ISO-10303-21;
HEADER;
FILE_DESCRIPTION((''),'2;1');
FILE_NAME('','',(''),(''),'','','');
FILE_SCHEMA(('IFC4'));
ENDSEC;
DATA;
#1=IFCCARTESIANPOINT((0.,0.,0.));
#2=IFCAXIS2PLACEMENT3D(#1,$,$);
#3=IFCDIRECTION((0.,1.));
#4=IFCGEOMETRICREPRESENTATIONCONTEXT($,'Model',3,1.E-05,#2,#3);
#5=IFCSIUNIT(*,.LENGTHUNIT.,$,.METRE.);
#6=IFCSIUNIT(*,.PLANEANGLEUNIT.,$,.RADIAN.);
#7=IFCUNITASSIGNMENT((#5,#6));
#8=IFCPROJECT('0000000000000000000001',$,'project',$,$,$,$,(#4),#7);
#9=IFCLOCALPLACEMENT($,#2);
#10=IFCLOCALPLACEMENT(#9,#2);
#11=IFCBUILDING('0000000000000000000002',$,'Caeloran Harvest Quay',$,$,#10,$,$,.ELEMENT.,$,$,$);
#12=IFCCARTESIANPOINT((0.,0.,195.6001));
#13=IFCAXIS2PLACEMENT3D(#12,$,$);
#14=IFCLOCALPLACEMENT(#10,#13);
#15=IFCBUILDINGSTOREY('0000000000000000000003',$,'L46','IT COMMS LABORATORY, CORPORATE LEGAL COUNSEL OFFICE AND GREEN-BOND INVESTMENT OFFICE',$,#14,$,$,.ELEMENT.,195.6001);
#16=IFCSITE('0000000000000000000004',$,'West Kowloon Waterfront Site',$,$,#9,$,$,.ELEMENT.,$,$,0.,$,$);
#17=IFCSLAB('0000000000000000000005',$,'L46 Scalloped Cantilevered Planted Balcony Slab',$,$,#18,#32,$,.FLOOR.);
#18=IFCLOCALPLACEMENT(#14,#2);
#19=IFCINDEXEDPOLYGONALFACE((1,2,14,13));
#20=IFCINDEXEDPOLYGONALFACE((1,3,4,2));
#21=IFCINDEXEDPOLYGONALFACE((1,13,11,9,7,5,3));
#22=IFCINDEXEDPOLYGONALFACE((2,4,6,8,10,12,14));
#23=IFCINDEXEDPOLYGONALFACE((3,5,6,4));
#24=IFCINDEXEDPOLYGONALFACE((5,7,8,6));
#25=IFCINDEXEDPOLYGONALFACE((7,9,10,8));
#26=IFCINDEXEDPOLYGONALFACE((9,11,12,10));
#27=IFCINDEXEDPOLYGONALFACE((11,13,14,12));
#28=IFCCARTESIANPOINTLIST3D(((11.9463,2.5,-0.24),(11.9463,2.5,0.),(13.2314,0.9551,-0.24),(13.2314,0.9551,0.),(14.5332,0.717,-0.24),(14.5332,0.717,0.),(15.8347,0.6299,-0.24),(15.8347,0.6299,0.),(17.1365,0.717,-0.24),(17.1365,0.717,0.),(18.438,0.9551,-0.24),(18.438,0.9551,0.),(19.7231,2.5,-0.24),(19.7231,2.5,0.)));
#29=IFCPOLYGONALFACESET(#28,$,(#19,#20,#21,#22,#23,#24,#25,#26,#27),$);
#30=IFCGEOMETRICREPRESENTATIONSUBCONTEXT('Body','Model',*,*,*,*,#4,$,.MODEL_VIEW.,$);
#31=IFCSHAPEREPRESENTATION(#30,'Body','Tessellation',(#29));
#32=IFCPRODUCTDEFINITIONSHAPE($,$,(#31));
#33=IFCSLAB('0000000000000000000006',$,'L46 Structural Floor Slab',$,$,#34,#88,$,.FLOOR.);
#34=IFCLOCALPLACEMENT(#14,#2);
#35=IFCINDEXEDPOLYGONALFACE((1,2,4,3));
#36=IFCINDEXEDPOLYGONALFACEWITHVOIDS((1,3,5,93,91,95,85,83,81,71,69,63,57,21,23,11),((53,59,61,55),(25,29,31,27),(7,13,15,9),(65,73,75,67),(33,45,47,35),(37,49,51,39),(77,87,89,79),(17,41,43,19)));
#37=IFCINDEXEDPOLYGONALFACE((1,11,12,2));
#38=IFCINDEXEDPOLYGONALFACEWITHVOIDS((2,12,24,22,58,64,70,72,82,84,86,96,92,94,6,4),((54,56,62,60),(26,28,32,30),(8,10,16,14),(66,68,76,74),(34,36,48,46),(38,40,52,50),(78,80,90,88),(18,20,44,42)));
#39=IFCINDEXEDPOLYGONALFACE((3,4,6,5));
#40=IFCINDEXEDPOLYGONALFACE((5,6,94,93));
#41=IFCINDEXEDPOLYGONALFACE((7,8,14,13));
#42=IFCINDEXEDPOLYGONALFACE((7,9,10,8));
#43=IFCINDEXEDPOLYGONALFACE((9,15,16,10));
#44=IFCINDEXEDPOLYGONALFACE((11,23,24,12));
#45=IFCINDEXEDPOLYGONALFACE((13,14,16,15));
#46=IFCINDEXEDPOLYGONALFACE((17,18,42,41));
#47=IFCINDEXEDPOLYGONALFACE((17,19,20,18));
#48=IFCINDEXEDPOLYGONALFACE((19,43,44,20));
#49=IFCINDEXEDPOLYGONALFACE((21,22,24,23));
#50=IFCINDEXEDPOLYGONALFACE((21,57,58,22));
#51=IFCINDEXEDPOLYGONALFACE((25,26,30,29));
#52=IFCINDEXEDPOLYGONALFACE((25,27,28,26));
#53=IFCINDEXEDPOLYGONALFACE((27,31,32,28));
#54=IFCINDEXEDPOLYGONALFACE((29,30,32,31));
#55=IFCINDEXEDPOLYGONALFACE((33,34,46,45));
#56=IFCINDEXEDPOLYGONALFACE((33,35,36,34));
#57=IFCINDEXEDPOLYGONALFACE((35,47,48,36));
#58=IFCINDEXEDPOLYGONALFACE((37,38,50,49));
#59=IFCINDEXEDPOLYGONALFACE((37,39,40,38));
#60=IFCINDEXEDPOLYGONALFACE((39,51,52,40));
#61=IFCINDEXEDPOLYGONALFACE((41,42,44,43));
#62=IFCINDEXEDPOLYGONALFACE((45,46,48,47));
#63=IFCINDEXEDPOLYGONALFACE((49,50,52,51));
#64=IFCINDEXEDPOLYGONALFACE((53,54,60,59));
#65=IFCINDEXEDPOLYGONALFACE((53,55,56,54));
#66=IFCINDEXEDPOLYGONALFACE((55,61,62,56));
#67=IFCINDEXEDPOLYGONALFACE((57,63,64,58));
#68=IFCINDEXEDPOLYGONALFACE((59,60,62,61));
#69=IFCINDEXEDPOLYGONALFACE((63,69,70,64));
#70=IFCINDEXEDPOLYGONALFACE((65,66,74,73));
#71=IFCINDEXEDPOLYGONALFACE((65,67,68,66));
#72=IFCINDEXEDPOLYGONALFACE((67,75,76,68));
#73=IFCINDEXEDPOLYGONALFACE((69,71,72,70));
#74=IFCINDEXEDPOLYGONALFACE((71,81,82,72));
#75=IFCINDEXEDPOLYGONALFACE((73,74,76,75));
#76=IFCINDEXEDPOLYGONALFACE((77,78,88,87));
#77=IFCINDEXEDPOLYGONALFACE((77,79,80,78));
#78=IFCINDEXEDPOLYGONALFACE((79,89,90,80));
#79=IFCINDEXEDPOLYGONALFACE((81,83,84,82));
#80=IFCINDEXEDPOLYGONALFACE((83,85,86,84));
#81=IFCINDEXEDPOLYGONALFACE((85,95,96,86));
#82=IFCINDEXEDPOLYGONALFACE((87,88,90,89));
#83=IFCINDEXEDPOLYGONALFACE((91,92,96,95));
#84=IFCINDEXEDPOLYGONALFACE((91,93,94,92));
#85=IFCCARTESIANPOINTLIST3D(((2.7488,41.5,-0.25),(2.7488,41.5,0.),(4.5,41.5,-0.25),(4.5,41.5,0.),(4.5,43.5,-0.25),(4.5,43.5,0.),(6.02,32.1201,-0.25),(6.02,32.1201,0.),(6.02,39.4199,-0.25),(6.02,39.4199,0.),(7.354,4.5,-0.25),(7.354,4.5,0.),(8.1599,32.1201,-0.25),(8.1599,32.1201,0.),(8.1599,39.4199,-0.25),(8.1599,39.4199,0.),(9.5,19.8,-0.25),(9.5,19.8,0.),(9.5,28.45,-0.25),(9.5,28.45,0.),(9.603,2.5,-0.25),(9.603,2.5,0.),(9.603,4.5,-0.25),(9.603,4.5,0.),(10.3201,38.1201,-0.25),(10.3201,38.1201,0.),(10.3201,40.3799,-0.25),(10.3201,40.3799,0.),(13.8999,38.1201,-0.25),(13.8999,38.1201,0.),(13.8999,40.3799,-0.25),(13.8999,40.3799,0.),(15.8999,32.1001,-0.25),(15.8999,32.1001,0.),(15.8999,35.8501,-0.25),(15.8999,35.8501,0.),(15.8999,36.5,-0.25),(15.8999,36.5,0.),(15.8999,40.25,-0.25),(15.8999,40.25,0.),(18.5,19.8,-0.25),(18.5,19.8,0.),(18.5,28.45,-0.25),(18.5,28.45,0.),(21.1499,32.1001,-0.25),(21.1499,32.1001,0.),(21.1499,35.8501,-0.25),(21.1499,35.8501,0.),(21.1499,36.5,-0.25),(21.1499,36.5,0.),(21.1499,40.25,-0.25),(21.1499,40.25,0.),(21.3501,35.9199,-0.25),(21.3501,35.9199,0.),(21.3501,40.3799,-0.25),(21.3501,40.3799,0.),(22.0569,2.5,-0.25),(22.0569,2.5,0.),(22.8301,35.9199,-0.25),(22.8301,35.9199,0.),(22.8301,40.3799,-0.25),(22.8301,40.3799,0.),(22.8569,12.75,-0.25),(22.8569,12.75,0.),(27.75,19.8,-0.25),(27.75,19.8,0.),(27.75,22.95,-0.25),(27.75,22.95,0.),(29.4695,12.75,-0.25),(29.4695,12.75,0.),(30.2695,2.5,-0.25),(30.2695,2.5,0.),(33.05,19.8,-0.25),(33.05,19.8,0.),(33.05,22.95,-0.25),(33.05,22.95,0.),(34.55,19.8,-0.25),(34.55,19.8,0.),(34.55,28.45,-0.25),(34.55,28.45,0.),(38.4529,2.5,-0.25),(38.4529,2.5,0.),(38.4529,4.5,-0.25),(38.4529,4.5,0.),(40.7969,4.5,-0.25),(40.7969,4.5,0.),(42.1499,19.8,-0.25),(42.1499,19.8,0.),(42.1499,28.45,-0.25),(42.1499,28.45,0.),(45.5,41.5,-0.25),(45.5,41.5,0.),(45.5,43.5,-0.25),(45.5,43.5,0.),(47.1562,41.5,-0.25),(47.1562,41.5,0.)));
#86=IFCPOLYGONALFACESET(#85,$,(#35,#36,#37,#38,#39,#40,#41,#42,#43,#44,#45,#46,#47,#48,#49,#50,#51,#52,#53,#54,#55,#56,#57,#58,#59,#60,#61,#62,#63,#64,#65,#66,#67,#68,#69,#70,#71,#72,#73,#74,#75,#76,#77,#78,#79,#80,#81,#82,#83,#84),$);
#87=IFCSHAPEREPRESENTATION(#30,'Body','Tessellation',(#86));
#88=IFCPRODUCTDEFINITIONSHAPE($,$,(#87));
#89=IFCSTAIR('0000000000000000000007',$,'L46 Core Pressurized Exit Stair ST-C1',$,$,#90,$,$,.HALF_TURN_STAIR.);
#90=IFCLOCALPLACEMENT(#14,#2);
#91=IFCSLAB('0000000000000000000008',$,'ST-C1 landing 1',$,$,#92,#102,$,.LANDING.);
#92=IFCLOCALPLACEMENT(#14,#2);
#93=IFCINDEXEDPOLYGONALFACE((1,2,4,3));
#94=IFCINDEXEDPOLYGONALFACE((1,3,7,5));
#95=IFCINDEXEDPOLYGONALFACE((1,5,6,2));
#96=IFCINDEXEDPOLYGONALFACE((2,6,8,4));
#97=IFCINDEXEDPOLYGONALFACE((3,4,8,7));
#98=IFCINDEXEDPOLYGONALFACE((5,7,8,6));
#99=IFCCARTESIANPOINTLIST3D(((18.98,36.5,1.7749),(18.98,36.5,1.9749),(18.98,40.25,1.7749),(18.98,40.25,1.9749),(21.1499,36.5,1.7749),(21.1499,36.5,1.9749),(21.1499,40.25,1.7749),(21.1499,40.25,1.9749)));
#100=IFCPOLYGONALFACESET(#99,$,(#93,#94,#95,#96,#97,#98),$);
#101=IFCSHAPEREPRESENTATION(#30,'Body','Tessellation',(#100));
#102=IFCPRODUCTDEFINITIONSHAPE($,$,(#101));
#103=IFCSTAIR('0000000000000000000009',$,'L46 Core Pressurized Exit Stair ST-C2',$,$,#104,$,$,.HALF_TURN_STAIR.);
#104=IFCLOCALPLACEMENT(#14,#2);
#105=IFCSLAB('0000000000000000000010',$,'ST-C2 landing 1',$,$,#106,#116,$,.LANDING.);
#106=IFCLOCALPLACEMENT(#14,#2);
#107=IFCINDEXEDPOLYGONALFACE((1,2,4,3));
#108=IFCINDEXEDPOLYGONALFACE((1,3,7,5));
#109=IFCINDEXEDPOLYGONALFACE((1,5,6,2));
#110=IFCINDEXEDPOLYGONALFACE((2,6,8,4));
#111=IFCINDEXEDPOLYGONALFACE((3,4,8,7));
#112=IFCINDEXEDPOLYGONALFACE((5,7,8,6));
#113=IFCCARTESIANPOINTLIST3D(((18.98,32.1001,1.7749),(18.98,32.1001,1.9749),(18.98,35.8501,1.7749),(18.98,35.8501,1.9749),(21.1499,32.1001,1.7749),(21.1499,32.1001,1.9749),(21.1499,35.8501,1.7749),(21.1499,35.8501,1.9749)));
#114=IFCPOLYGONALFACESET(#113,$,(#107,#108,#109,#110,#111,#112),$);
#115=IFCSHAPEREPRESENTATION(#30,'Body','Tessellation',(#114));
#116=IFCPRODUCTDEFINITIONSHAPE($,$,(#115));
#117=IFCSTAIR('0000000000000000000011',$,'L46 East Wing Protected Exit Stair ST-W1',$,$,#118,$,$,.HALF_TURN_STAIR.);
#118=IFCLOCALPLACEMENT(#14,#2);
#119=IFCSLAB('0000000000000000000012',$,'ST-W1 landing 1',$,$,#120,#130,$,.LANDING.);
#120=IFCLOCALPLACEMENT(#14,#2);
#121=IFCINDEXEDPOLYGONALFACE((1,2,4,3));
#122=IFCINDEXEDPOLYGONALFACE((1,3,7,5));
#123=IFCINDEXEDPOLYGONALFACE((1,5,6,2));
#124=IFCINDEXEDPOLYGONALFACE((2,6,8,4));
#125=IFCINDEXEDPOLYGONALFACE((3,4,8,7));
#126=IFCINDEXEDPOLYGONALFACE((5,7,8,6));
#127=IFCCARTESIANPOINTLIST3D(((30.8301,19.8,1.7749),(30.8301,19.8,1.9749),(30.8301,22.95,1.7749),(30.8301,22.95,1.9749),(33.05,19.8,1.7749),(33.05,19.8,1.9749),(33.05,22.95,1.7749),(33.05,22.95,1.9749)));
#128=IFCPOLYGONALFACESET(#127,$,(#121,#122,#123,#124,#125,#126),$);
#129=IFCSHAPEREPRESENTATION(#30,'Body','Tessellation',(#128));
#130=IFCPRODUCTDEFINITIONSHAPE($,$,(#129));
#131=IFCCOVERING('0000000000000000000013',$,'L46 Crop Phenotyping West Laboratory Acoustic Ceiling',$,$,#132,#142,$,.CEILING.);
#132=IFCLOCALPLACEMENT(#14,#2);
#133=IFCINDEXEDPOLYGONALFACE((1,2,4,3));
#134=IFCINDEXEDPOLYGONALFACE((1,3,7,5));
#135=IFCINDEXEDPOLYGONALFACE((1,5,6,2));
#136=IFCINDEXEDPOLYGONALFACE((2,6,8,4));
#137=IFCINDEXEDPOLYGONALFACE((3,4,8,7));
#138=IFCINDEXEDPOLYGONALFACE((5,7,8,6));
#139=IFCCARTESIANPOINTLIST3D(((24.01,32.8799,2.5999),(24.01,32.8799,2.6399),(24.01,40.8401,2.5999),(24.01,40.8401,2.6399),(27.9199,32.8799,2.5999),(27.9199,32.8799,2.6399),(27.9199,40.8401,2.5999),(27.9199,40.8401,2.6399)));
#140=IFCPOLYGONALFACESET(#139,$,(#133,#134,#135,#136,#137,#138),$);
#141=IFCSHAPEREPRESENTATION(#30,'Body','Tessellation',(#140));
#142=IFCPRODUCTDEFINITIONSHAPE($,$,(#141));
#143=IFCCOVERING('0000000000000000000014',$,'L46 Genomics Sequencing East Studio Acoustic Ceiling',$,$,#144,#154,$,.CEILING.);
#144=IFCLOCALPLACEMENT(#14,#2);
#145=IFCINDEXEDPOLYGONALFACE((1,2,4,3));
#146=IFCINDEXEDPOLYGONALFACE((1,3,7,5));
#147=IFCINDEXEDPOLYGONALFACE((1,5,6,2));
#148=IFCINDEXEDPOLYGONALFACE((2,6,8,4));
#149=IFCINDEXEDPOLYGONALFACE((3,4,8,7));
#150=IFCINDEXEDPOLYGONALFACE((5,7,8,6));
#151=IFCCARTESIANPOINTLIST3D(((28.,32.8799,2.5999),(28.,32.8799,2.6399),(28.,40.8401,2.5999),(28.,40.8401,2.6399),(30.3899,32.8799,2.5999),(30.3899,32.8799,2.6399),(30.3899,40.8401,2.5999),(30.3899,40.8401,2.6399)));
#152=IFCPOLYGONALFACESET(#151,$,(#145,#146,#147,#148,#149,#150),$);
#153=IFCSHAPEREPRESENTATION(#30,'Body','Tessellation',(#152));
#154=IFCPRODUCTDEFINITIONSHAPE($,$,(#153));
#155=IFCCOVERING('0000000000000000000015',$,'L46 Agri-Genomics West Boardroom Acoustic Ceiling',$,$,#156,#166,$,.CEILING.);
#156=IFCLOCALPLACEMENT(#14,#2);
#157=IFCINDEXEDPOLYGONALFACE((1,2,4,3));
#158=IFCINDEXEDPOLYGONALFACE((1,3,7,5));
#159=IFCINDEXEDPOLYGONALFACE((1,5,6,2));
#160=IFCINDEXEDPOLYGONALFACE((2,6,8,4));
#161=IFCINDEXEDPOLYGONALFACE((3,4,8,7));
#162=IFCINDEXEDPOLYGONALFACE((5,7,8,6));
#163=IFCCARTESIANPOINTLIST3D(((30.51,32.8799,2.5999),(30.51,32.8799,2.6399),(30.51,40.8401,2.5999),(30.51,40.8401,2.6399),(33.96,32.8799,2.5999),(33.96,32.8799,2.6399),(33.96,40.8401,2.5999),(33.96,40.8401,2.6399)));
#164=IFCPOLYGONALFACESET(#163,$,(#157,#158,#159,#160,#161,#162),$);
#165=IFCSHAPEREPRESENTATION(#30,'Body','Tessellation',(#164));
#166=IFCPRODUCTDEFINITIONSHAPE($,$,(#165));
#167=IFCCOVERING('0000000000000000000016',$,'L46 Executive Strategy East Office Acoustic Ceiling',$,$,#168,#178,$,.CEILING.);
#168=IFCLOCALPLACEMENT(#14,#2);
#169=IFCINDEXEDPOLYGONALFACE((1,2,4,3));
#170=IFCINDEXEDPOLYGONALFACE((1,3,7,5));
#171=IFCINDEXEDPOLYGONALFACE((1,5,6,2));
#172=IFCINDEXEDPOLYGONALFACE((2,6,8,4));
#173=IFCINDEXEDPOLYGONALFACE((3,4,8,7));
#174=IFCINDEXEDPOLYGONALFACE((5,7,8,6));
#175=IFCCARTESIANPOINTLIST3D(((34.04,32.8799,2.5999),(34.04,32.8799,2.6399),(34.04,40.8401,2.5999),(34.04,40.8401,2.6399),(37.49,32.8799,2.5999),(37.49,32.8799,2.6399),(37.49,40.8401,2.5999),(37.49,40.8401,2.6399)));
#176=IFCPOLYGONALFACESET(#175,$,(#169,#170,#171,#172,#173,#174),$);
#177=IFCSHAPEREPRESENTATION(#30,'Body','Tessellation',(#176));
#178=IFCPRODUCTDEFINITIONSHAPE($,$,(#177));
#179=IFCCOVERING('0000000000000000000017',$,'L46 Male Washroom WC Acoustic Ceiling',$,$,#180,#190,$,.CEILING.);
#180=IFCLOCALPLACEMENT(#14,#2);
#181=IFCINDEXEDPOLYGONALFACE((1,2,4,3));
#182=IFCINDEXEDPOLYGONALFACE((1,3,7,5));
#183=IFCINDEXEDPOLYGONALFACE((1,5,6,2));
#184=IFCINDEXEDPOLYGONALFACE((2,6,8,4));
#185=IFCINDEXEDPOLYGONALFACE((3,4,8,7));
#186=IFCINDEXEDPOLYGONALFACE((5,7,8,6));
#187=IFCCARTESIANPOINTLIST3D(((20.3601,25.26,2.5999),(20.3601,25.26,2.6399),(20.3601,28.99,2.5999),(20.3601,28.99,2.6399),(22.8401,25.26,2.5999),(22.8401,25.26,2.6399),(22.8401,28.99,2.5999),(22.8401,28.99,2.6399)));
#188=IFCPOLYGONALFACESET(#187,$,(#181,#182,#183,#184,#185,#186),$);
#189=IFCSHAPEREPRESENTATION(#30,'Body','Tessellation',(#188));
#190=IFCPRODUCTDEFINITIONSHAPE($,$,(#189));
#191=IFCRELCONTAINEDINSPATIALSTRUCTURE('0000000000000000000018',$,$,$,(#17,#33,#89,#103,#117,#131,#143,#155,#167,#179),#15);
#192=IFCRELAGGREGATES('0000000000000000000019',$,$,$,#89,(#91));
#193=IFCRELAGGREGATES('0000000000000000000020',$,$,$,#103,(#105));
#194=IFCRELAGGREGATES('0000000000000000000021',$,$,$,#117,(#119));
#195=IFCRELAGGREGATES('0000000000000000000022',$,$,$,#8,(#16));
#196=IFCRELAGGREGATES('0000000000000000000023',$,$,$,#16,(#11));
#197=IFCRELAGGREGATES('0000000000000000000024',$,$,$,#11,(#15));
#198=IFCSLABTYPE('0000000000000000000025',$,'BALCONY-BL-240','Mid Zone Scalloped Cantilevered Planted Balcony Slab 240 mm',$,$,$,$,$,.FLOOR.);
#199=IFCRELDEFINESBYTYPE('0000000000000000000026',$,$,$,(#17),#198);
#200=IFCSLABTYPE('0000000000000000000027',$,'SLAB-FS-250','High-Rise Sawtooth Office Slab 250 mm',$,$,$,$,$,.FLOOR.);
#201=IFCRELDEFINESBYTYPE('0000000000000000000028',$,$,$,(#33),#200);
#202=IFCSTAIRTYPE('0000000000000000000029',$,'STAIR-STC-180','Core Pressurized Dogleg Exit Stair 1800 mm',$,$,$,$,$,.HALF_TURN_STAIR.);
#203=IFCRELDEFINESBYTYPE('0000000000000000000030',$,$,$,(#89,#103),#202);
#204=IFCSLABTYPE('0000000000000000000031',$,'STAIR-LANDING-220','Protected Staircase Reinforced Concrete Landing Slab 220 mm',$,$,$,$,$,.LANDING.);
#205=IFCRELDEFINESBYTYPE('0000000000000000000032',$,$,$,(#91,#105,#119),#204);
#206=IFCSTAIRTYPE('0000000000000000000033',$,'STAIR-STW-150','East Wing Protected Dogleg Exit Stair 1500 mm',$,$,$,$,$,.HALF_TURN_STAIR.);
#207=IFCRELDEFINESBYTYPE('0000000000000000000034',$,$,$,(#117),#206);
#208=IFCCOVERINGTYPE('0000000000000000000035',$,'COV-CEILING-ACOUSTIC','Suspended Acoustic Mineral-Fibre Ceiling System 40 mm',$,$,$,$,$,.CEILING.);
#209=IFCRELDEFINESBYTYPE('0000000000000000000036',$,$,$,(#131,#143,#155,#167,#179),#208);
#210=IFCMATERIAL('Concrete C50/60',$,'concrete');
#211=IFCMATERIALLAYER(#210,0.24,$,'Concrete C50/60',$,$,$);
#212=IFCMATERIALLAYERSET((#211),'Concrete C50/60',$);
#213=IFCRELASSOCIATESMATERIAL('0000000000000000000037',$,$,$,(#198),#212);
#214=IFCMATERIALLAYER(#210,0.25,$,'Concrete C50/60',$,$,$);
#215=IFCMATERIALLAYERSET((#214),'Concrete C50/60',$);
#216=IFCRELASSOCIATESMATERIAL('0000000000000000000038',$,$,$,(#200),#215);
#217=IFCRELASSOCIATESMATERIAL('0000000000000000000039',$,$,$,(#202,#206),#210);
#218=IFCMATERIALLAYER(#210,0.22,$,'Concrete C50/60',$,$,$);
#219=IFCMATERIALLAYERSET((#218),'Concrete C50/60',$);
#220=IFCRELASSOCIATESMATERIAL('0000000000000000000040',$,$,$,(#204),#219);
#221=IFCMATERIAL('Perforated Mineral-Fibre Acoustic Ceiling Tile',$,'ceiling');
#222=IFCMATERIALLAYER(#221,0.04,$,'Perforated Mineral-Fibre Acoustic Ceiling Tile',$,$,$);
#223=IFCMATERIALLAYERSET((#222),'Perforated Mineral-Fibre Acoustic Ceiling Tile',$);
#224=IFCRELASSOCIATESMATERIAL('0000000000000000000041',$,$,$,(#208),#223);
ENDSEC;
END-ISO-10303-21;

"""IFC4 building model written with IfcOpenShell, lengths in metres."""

from ifc_helpers import new_model, si_unit, direction, frame, origin, place, context, subcontext, project, spatial, polyline, outline, extrude, material, layer, layer_set, type_object, element, aggregate, save


model = new_model("IFC4")

# Units and contexts
model_context = context("Model", 3, precision=1e-05, world=origin(), true_north=direction((0.0, 1.0)))
body_context = subcontext(model_context, "Body", "Model", "MODEL_VIEW")
ifc_project = project(units=[si_unit("LENGTHUNIT", "METRE"), si_unit("PLANEANGLEUNIT", "RADIAN")], contexts=[model_context])

# Site, building, storey
site_placement = place(None, origin())
site = spatial("IfcSite", under=ifc_project, at=site_placement, Name="West Kowloon Waterfront Site", CompositionType="ELEMENT", RefElevation=0.0)
building_placement = place(site_placement, origin())
building = spatial("IfcBuilding", under=site, at=building_placement, Name="Caeloran Harvest Quay", CompositionType="ELEMENT")
storey_placement = place(building_placement, frame((0.0, 0.0, 195.6001)))
storey = spatial("IfcBuildingStorey", under=building, at=storey_placement, Name="L46", Description="IT COMMS LABORATORY, CORPORATE LEGAL COUNSEL OFFICE AND GREEN-BOND INVESTMENT OFFICE", CompositionType="ELEMENT", Elevation=195.6001)

# Slabs
ifc_material_1 = material(Name="Concrete C50/60", Category="concrete")
ifc_layer_1 = layer(ifc_material_1, 0.24, Name="Concrete C50/60")
ifc_layer_set_1 = layer_set([ifc_layer_1], Name="Concrete C50/60")
slab_type_1 = type_object("IfcSlabType", Name="BALCONY-BL-240", Description="Mid Zone Scalloped Cantilevered Planted Balcony Slab 240 mm", PredefinedType="FLOOR", material=ifc_layer_set_1)
slab_1_placement = place(storey_placement, frame((0.0, 0.0, -0.24)))
element("IfcSlab", 1, at=slab_1_placement, inside=storey, type_object=slab_type_1, Name="L46 Scalloped Cantilevered Planted Balcony Slab", PredefinedType="FLOOR", context=body_context, shape_type="SweptSolid", body=[
    extrude(outline(polyline([(18.438, 0.9551), (17.1365, 0.717), (15.8347, 0.6299), (14.5332, 0.717), (13.2314, 0.9551), (11.9463, 2.5), (19.7231, 2.5), (18.438, 0.9551)])), origin(), (0.0, 0.0, 1.0), 0.24),
])
ifc_layer_2 = layer(ifc_material_1, 0.25, Name="Concrete C50/60")
ifc_layer_set_2 = layer_set([ifc_layer_2], Name="Concrete C50/60")
slab_type_2 = type_object("IfcSlabType", Name="SLAB-FS-250", Description="High-Rise Sawtooth Office Slab 250 mm", PredefinedType="FLOOR", material=ifc_layer_set_2)
slab_2_placement = place(storey_placement, frame((0.0, 0.0, -0.25)))
element("IfcSlab", 2, at=slab_2_placement, inside=storey, type_object=slab_type_2, Name="L46 Structural Floor Slab", PredefinedType="FLOOR", context=body_context, shape_type="SweptSolid", body=[
    extrude(outline(polyline([(9.603, 2.5), (22.0569, 2.5), (22.8569, 12.75), (29.4695, 12.75), (30.2695, 2.5), (38.4529, 2.5), (38.4529, 4.5), (40.7969, 4.5), (47.1562, 41.5), (45.5, 41.5), (45.5, 43.5), (4.5, 43.5), (4.5, 41.5), (2.7488, 41.5), (7.354, 4.5), (9.603, 4.5), (9.603, 2.5)]), holes=[polyline([(27.75, 19.8), (27.75, 22.95), (33.05, 22.95), (33.05, 19.8), (27.75, 19.8)]), polyline([(18.5, 19.8), (9.5, 19.8), (9.5, 28.45), (18.5, 28.45), (18.5, 19.8)]), polyline([(42.1499, 19.8), (34.55, 19.8), (34.55, 28.45), (42.1499, 28.45), (42.1499, 19.8)]), polyline([(15.8999, 32.1001), (15.8999, 35.8501), (21.1499, 35.8501), (21.1499, 32.1001), (15.8999, 32.1001)]), polyline([(8.1599, 32.1201), (6.02, 32.1201), (6.02, 39.4199), (8.1599, 39.4199), (8.1599, 32.1201)]), polyline([(22.8301, 35.9199), (21.3501, 35.9199), (21.3501, 40.3799), (22.8301, 40.3799), (22.8301, 35.9199)]), polyline([(15.8999, 36.5), (15.8999, 40.25), (21.1499, 40.25), (21.1499, 36.5), (15.8999, 36.5)]), polyline([(13.8999, 38.1201), (10.3201, 38.1201), (10.3201, 40.3799), (13.8999, 40.3799), (13.8999, 38.1201)])]), origin(), (0.0, 0.0, 1.0), 0.25),
])

# Stairs, slabs
stair_type_1 = type_object("IfcStairType", Name="STAIR-STC-180", Description="Core Pressurized Dogleg Exit Stair 1800 mm", PredefinedType="HALF_TURN_STAIR", material=ifc_material_1)
stair_1_placement = place(storey_placement, origin())
stair_1 = element("IfcStair", 3, at=stair_1_placement, inside=storey, type_object=stair_type_1, Name="L46 Core Pressurized Exit Stair ST-C1", PredefinedType="HALF_TURN_STAIR")
ifc_layer_3 = layer(ifc_material_1, 0.22, Name="Concrete C50/60")
ifc_layer_set_3 = layer_set([ifc_layer_3], Name="Concrete C50/60")
slab_type_3 = type_object("IfcSlabType", Name="STAIR-LANDING-220", Description="Protected Staircase Reinforced Concrete Landing Slab 220 mm", PredefinedType="LANDING", material=ifc_layer_set_3)
slab_3_placement = place(storey_placement, frame((0.0, 0.0, 1.7749)))
slab_3 = element("IfcSlab", 4, at=slab_3_placement, type_object=slab_type_3, Name="ST-C1 landing 1", PredefinedType="LANDING", context=body_context, shape_type="SweptSolid", body=[
    extrude(outline(polyline([(18.98, 36.5), (21.1499, 36.5), (21.1499, 40.25), (18.98, 40.25), (18.98, 36.5)])), origin(), (0.0, 0.0, 1.0), 0.2),
])
aggregate(stair_1, [slab_3])
stair_2_placement = place(storey_placement, origin())
stair_2 = element("IfcStair", 5, at=stair_2_placement, inside=storey, type_object=stair_type_1, Name="L46 Core Pressurized Exit Stair ST-C2", PredefinedType="HALF_TURN_STAIR")
slab_4_placement = place(storey_placement, frame((0.0, 0.0, 1.7749)))
slab_4 = element("IfcSlab", 6, at=slab_4_placement, type_object=slab_type_3, Name="ST-C2 landing 1", PredefinedType="LANDING", context=body_context, shape_type="SweptSolid", body=[
    extrude(outline(polyline([(18.98, 32.1001), (21.1499, 32.1001), (21.1499, 35.8501), (18.98, 35.8501), (18.98, 32.1001)])), origin(), (0.0, 0.0, 1.0), 0.2),
])
aggregate(stair_2, [slab_4])
stair_type_2 = type_object("IfcStairType", Name="STAIR-STW-150", Description="East Wing Protected Dogleg Exit Stair 1500 mm", PredefinedType="HALF_TURN_STAIR", material=ifc_material_1)
stair_3_placement = place(storey_placement, origin())
stair_3 = element("IfcStair", 7, at=stair_3_placement, inside=storey, type_object=stair_type_2, Name="L46 East Wing Protected Exit Stair ST-W1", PredefinedType="HALF_TURN_STAIR")
slab_5_placement = place(storey_placement, frame((0.0, 0.0, 1.7749)))
slab_5 = element("IfcSlab", 8, at=slab_5_placement, type_object=slab_type_3, Name="ST-W1 landing 1", PredefinedType="LANDING", context=body_context, shape_type="SweptSolid", body=[
    extrude(outline(polyline([(30.8301, 19.8), (33.05, 19.8), (33.05, 22.95), (30.8301, 22.95), (30.8301, 19.8)])), origin(), (0.0, 0.0, 1.0), 0.2),
])
aggregate(stair_3, [slab_5])

# Coverings
ifc_material_2 = material(Name="Perforated Mineral-Fibre Acoustic Ceiling Tile", Category="ceiling")
ifc_layer_4 = layer(ifc_material_2, 0.04, Name="Perforated Mineral-Fibre Acoustic Ceiling Tile")
ifc_layer_set_4 = layer_set([ifc_layer_4], Name="Perforated Mineral-Fibre Acoustic Ceiling Tile")
covering_type_1 = type_object("IfcCoveringType", Name="COV-CEILING-ACOUSTIC", Description="Suspended Acoustic Mineral-Fibre Ceiling System 40 mm", PredefinedType="CEILING", material=ifc_layer_set_4)
covering_1_placement = place(storey_placement, frame((0.0, 0.0, 2.5999)))
element("IfcCovering", 9, at=covering_1_placement, inside=storey, type_object=covering_type_1, Name="L46 Crop Phenotyping West Laboratory Acoustic Ceiling", PredefinedType="CEILING", context=body_context, shape_type="SweptSolid", body=[
    extrude(outline(polyline([(27.9199, 40.8401), (27.9199, 32.8799), (24.01, 32.8799), (24.01, 40.8401), (27.9199, 40.8401)])), origin(), (0.0, 0.0, 1.0), 0.04),
])
covering_2_placement = place(storey_placement, frame((0.0, 0.0, 2.5999)))
element("IfcCovering", 10, at=covering_2_placement, inside=storey, type_object=covering_type_1, Name="L46 Genomics Sequencing East Studio Acoustic Ceiling", PredefinedType="CEILING", context=body_context, shape_type="SweptSolid", body=[
    extrude(outline(polyline([(30.3899, 40.8401), (30.3899, 32.8799), (28.0, 32.8799), (28.0, 40.8401), (30.3899, 40.8401)])), origin(), (0.0, 0.0, 1.0), 0.04),
])
covering_3_placement = place(storey_placement, frame((0.0, 0.0, 2.5999)))
element("IfcCovering", 11, at=covering_3_placement, inside=storey, type_object=covering_type_1, Name="L46 Agri-Genomics West Boardroom Acoustic Ceiling", PredefinedType="CEILING", context=body_context, shape_type="SweptSolid", body=[
    extrude(outline(polyline([(33.96, 40.8401), (33.96, 32.8799), (30.51, 32.8799), (30.51, 40.8401), (33.96, 40.8401)])), origin(), (0.0, 0.0, 1.0), 0.04),
])
covering_4_placement = place(storey_placement, frame((0.0, 0.0, 2.5999)))
element("IfcCovering", 12, at=covering_4_placement, inside=storey, type_object=covering_type_1, Name="L46 Executive Strategy East Office Acoustic Ceiling", PredefinedType="CEILING", context=body_context, shape_type="SweptSolid", body=[
    extrude(outline(polyline([(37.49, 40.8401), (37.49, 32.8799), (34.04, 32.8799), (34.04, 40.8401), (37.49, 40.8401)])), origin(), (0.0, 0.0, 1.0), 0.04),
])
covering_5_placement = place(storey_placement, frame((0.0, 0.0, 2.5999)))
element("IfcCovering", 13, at=covering_5_placement, inside=storey, type_object=covering_type_1, Name="L46 Male Washroom WC Acoustic Ceiling", PredefinedType="CEILING", context=body_context, shape_type="SweptSolid", body=[
    extrude(outline(polyline([(22.8401, 28.99), (22.8401, 25.26), (20.3601, 25.26), (20.3601, 28.99), (22.8401, 28.99)])), origin(), (0.0, 0.0, 1.0), 0.04),
])

save(model, "model.ifc")
